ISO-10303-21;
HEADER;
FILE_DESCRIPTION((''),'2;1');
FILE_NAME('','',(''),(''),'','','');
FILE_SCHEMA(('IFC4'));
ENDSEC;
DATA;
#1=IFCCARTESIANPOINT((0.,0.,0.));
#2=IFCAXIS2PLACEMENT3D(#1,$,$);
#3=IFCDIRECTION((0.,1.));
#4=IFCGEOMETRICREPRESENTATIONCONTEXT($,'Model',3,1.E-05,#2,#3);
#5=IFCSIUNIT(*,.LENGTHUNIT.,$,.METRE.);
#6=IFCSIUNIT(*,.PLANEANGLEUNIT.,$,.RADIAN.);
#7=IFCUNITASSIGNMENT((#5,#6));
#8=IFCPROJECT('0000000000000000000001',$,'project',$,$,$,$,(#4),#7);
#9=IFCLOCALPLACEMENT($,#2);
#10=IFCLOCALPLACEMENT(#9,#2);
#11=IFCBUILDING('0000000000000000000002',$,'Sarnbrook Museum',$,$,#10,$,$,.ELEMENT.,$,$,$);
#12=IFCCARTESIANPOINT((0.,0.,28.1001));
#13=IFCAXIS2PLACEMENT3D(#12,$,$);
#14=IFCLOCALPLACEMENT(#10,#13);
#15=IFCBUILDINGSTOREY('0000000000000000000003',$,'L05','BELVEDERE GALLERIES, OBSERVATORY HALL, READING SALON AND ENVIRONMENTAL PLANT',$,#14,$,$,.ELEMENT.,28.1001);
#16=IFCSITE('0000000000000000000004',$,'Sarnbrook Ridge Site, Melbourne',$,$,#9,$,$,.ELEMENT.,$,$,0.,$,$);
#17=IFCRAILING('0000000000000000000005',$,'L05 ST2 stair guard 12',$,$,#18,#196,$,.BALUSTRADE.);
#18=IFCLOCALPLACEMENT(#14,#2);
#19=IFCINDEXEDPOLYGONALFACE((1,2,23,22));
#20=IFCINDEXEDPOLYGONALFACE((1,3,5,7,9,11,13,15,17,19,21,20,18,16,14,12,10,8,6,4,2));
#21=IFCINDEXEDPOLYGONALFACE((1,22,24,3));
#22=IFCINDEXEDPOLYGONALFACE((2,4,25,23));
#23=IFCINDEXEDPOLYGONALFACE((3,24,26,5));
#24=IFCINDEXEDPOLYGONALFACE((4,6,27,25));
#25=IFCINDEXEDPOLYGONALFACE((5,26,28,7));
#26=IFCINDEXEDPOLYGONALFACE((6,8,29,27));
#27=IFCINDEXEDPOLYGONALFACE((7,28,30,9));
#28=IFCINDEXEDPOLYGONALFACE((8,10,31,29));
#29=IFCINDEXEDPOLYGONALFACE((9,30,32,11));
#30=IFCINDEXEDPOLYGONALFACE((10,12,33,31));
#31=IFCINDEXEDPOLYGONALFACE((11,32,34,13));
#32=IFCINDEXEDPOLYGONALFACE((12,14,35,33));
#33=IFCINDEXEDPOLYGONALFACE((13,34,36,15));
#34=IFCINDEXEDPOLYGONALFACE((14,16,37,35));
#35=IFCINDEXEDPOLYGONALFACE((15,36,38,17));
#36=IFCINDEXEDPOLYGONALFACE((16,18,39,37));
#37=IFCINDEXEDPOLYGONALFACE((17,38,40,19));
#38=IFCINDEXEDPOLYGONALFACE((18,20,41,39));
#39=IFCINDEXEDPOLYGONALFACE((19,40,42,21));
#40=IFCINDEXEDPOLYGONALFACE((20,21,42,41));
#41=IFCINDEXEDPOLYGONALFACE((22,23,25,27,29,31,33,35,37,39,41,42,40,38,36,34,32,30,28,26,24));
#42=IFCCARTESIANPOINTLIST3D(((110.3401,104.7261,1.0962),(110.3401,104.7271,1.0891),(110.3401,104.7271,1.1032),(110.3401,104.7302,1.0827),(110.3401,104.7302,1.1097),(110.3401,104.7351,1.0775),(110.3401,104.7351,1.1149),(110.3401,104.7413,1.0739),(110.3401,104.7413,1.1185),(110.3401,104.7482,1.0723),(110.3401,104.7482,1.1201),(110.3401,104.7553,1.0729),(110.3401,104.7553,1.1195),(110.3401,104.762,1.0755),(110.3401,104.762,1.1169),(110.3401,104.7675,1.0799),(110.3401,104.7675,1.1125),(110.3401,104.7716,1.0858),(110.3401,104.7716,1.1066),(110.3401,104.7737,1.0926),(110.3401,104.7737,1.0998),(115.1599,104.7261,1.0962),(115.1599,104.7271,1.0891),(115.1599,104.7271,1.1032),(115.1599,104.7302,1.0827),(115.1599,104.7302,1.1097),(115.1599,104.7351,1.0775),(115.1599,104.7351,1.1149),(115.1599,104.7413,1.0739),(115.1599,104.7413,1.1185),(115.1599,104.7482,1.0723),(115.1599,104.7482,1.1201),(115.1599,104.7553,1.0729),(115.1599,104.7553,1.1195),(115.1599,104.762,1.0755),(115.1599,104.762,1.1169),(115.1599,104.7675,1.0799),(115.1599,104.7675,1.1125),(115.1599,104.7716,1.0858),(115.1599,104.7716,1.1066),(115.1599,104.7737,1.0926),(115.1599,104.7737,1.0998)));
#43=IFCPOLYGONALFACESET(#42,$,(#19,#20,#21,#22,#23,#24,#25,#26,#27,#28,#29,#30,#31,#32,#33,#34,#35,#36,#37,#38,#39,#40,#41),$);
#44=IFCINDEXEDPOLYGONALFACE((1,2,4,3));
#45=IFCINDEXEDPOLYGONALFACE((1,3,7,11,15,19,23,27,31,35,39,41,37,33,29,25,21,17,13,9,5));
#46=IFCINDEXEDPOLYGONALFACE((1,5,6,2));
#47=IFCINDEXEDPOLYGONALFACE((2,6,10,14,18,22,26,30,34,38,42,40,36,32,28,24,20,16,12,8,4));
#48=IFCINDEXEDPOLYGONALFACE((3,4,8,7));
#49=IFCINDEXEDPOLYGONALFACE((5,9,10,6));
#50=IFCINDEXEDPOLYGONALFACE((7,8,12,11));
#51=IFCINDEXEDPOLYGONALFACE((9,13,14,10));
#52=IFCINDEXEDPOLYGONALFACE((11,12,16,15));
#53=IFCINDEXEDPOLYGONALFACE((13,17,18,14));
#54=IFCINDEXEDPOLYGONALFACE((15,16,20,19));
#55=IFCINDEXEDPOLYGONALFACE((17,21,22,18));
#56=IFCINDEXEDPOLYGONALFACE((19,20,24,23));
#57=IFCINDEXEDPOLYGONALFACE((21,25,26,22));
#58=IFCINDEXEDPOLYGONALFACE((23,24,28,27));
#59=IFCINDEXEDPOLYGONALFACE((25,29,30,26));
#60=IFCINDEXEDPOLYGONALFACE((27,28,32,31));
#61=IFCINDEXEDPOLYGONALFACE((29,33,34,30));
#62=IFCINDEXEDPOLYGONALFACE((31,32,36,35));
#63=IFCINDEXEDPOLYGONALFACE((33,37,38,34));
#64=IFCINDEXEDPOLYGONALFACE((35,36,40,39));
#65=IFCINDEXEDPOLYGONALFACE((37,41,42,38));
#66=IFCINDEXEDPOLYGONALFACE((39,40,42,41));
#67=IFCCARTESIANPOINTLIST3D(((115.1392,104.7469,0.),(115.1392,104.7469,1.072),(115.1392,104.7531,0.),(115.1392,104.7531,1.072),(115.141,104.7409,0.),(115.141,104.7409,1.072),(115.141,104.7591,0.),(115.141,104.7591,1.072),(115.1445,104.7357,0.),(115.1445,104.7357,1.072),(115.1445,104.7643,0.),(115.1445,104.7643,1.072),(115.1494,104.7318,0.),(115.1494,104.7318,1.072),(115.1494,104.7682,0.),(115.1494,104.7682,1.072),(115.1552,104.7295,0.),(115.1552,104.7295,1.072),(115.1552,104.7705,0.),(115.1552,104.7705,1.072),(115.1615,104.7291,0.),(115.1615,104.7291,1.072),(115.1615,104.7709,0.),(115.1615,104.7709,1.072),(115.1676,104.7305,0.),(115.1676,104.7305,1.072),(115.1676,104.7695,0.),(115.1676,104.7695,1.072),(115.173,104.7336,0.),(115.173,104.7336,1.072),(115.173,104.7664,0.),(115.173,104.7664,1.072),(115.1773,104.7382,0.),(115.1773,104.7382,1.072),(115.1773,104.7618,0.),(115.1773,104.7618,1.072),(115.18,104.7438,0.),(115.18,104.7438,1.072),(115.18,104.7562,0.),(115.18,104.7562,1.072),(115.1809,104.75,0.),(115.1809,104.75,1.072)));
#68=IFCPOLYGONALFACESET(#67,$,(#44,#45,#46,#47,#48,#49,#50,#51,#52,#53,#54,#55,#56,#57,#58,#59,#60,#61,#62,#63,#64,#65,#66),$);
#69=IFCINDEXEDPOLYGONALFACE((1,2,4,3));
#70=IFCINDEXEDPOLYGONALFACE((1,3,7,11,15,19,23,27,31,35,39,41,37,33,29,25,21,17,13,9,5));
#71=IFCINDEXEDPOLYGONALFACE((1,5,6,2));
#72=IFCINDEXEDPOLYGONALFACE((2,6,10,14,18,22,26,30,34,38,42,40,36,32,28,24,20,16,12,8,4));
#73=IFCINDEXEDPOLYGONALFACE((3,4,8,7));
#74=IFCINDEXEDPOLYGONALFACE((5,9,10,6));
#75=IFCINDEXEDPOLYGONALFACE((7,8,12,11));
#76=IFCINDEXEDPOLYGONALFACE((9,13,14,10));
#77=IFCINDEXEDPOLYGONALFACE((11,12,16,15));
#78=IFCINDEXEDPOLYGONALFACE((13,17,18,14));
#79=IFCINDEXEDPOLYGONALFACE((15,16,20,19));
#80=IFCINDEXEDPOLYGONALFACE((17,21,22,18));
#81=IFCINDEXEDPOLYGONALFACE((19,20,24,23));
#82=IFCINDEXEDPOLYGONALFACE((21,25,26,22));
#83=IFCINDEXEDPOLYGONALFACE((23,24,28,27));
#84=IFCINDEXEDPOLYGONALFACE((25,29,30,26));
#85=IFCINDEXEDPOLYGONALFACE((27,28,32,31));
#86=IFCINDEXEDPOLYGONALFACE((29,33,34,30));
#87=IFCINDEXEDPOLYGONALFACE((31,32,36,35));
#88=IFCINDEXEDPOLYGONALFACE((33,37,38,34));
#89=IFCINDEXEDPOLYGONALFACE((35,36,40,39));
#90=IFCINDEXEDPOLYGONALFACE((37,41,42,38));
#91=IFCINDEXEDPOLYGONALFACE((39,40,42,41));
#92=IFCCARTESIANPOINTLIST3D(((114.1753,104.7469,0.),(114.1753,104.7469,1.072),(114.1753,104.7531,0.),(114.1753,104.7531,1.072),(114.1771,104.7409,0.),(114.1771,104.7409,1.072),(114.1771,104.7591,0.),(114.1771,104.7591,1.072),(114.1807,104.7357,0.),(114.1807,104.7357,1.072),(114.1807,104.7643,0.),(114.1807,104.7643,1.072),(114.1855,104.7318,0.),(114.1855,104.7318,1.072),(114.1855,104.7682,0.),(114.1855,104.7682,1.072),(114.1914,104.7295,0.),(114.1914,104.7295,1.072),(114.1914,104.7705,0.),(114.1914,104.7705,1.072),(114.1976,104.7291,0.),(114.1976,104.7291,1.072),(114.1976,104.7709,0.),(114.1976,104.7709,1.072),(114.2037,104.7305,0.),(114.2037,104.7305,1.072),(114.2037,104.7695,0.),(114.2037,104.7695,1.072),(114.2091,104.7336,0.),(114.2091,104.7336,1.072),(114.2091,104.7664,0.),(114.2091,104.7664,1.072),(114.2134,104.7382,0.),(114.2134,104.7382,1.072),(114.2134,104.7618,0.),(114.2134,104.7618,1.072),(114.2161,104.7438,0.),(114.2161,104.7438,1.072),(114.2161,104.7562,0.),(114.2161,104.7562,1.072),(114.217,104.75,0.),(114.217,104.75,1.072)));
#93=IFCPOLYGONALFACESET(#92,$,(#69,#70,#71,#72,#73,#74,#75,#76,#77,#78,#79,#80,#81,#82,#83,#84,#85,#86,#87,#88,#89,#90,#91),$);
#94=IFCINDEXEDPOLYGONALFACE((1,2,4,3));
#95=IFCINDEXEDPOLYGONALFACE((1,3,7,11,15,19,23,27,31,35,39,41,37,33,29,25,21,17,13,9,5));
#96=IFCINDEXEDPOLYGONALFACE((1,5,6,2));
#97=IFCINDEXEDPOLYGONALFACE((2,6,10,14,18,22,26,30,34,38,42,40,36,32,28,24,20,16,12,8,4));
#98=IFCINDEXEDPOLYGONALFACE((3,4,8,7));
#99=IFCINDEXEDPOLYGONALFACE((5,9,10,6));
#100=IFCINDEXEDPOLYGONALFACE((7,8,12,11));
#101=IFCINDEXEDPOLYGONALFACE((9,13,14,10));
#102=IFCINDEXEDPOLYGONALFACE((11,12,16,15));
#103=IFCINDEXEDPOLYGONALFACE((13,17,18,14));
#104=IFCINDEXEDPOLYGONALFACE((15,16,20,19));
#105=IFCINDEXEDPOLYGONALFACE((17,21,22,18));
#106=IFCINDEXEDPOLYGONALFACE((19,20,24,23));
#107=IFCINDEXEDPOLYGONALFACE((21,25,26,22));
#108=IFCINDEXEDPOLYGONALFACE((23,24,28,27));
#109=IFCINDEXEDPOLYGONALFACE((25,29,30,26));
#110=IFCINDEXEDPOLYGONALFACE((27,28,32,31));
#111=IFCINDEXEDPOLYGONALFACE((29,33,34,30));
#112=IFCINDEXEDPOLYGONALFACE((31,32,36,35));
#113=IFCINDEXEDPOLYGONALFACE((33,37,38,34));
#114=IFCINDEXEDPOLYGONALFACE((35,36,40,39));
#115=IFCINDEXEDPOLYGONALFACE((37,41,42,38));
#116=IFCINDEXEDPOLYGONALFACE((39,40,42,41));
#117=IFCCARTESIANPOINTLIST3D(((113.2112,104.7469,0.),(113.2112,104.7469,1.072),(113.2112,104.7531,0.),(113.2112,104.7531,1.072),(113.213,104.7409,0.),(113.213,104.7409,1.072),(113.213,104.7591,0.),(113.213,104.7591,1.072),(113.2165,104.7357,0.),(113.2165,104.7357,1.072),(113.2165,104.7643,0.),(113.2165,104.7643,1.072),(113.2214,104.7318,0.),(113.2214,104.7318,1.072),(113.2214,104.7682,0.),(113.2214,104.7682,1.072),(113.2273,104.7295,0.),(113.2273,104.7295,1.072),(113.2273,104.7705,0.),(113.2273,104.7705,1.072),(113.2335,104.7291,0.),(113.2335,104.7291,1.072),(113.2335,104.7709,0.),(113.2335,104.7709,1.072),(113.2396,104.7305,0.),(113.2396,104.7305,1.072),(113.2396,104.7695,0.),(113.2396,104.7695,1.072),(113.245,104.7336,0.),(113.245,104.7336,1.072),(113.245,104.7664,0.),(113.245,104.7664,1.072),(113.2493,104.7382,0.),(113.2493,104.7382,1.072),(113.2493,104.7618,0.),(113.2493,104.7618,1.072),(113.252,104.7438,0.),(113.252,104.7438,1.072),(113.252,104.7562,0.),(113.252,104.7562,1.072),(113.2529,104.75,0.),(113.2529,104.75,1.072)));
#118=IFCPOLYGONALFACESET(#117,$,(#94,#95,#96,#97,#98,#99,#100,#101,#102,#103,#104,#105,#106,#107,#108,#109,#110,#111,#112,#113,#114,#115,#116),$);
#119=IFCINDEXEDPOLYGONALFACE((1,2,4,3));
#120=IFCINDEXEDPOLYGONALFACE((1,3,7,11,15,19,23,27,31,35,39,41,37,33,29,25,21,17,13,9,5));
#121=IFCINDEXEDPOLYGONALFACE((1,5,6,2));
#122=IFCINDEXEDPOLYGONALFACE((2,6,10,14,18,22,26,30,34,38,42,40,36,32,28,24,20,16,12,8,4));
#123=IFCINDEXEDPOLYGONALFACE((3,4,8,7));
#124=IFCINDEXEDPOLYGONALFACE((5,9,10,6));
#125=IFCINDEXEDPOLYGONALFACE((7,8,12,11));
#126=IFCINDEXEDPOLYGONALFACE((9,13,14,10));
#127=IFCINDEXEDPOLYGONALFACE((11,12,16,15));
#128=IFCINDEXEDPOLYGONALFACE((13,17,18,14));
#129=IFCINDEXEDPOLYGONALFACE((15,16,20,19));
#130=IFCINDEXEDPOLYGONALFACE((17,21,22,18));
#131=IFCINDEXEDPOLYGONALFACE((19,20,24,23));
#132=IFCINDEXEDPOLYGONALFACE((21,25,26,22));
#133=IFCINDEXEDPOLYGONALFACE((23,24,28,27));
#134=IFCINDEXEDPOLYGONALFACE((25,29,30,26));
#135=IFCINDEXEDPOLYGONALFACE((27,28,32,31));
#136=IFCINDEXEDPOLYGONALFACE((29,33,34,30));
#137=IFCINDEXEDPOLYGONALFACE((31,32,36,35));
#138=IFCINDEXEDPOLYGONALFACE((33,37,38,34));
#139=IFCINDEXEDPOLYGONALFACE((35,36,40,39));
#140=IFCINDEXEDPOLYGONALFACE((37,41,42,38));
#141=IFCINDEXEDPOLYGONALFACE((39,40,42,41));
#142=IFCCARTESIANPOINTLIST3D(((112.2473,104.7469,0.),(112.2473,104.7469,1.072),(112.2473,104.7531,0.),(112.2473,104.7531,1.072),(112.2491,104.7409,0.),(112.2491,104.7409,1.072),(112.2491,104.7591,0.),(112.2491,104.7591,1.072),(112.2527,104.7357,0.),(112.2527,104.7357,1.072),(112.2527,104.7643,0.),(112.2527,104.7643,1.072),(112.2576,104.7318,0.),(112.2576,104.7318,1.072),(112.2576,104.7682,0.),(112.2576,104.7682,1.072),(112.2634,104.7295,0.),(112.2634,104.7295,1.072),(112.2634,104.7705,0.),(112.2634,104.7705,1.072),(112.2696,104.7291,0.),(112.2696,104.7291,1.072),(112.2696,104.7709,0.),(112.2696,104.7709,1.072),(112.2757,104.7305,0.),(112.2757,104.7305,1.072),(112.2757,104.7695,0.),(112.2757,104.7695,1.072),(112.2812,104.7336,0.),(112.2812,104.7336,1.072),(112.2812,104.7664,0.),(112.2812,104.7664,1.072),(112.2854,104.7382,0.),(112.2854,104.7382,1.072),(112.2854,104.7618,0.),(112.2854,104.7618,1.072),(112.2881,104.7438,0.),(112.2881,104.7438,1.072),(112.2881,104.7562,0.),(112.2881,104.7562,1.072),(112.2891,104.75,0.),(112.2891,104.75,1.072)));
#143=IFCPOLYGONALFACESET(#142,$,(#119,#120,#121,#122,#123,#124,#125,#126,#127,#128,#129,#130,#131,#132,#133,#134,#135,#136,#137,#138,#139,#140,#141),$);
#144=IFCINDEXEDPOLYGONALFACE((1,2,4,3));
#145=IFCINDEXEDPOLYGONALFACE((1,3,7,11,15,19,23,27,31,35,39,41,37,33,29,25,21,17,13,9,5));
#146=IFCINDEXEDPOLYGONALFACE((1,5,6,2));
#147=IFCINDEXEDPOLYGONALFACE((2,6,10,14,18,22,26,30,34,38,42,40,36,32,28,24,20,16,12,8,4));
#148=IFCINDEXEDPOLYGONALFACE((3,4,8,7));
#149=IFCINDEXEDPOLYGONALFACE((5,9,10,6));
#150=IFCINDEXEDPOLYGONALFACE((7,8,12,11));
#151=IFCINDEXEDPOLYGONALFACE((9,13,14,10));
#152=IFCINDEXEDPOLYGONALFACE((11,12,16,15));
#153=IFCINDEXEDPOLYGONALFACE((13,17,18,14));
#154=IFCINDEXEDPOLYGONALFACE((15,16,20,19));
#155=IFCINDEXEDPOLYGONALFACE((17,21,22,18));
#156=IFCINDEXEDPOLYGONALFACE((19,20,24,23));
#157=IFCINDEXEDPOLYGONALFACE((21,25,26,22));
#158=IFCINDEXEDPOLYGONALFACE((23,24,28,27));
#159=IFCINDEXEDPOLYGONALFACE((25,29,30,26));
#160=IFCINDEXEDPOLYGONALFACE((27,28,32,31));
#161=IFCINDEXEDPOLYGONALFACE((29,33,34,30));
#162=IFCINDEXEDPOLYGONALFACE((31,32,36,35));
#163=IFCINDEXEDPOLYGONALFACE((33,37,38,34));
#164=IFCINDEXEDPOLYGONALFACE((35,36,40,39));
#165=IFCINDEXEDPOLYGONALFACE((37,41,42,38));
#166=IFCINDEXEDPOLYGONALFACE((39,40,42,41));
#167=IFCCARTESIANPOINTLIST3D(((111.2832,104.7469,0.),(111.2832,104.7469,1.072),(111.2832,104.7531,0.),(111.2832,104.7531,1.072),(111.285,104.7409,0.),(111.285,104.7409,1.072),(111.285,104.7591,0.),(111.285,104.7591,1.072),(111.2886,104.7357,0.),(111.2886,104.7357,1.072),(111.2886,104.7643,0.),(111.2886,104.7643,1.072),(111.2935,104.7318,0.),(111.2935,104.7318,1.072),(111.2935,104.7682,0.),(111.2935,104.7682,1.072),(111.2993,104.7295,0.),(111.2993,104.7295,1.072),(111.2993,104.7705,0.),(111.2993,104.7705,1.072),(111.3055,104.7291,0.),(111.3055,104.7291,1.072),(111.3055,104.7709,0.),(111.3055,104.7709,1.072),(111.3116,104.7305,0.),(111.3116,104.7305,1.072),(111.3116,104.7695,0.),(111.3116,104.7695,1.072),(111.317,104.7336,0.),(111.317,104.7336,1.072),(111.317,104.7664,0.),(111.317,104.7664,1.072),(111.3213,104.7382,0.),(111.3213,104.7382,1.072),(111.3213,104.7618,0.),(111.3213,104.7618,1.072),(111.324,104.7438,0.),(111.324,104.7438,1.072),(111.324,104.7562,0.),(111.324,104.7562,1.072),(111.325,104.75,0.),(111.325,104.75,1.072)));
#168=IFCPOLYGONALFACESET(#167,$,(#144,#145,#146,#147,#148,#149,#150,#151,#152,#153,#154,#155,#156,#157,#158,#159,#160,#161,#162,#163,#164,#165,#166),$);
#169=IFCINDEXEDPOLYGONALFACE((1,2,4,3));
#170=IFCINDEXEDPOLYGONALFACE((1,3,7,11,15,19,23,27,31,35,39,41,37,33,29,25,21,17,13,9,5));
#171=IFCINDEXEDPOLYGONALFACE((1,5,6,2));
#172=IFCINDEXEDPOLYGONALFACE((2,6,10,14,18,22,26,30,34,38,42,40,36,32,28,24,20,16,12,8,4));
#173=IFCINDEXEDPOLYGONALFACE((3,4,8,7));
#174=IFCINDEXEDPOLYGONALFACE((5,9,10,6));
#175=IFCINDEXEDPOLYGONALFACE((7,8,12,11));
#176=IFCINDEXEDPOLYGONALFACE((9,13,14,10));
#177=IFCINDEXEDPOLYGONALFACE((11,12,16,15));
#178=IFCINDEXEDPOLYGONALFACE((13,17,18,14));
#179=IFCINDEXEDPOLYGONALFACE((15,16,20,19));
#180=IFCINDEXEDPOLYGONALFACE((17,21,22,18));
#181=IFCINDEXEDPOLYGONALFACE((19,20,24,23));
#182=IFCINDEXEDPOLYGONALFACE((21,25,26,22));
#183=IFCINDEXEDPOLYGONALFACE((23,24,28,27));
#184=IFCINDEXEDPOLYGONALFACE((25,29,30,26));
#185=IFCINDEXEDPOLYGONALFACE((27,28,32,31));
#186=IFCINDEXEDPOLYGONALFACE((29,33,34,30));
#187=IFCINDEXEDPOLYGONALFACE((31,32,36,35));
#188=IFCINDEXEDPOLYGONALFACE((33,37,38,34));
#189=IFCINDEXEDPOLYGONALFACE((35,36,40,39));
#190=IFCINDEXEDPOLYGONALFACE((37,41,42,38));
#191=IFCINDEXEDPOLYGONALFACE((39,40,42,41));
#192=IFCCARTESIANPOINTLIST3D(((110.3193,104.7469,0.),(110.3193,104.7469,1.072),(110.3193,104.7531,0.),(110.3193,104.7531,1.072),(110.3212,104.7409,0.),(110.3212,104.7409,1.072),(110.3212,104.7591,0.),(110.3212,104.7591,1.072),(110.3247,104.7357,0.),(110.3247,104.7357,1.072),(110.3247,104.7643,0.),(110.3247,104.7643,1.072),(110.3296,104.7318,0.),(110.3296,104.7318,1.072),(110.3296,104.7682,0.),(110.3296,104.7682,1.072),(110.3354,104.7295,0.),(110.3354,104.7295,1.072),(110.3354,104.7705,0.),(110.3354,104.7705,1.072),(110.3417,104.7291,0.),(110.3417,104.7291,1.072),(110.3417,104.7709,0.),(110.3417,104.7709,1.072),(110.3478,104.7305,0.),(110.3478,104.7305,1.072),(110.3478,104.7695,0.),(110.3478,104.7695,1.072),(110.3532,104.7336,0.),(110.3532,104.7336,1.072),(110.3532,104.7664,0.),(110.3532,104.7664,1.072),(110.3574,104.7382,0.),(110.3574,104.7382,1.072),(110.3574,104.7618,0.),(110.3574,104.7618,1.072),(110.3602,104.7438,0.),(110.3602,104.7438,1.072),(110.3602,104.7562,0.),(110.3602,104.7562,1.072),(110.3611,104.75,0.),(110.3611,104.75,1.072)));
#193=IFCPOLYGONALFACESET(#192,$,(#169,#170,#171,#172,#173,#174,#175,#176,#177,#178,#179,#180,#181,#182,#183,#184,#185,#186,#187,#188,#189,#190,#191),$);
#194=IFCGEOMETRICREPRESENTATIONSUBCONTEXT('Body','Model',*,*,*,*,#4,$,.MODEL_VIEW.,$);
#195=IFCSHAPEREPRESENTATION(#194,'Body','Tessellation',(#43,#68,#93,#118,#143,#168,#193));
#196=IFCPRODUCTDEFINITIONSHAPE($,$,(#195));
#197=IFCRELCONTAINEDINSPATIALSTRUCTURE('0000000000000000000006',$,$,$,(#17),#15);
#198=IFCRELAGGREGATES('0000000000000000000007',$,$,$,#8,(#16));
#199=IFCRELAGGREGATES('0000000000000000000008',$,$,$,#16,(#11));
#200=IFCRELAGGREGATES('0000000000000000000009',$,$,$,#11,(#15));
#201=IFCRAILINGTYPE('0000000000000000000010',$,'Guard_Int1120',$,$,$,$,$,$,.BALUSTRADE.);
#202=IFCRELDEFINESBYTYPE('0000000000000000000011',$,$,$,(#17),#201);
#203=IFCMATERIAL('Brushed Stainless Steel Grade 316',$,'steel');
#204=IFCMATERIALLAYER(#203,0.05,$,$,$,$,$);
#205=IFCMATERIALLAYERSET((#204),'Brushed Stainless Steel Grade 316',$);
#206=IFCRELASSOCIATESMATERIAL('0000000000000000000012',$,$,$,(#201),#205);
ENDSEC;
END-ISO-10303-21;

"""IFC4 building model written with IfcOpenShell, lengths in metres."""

from ifc_helpers import new_model, si_unit, direction, frame, origin, origin_2d, place, context, subcontext, project, spatial, circle, extrude, material, layer, layer_set, type_object, element, save


model = new_model("IFC4")

# Units and contexts
model_context = context("Model", 3, precision=1e-05, world=origin(), true_north=direction((0.0, 1.0)))
body_context = subcontext(model_context, "Body", "Model", "MODEL_VIEW")
ifc_project = project(units=[si_unit("LENGTHUNIT", "METRE"), si_unit("PLANEANGLEUNIT", "RADIAN")], contexts=[model_context])

# Site, building, storey
site_placement = place(None, origin())
site = spatial("IfcSite", under=ifc_project, at=site_placement, Name="Sarnbrook Ridge Site, Melbourne", CompositionType="ELEMENT", RefElevation=0.0)
building_placement = place(site_placement, origin())
building = spatial("IfcBuilding", under=site, at=building_placement, Name="Sarnbrook Museum", CompositionType="ELEMENT")
storey_placement = place(building_placement, frame((0.0, 0.0, 28.1001)))
storey = spatial("IfcBuildingStorey", under=building, at=storey_placement, Name="L05", Description="BELVEDERE GALLERIES, OBSERVATORY HALL, READING SALON AND ENVIRONMENTAL PLANT", CompositionType="ELEMENT", Elevation=28.1001)

# Railing
ifc_material_1 = material(Name="Brushed Stainless Steel Grade 316", Category="steel")
ifc_layer_1 = layer(ifc_material_1, 0.05)
ifc_layer_set_1 = layer_set([ifc_layer_1], Name="Brushed Stainless Steel Grade 316")
railing_type = type_object("IfcRailingType", Name="Guard_Int1120", PredefinedType="BALUSTRADE", material=ifc_layer_set_1)
railing_1_placement = place(storey_placement, frame((115.1599, 104.75, 0.0)))
element("IfcRailing", 1, at=railing_1_placement, inside=storey, type_object=railing_type, Name="L05 ST2 stair guard 12", PredefinedType="BALUSTRADE", context=body_context, shape_type="SweptSolid", body=[
    extrude(circle(Radius=0.0239, at=origin_2d()), frame((0.0, 0.0, 1.0962), z_axis=(-1.0, 0.0, 0.0), x_axis=(0.0, -1.0, 0.0)), (0.0, 0.0, 1.0), 4.8198),
    extrude(circle(Radius=0.021, at=origin_2d()), origin(), (0.0, 0.0, 1.0), 1.072),
    extrude(circle(Radius=0.021, at=origin_2d()), frame((-0.9639, 0.0, 0.0)), (0.0, 0.0, 1.0), 1.072),
    extrude(circle(Radius=0.021, at=origin_2d()), frame((-1.928, 0.0, 0.0)), (0.0, 0.0, 1.0), 1.072),
    extrude(circle(Radius=0.021, at=origin_2d()), frame((-2.8918, 0.0, 0.0)), (0.0, 0.0, 1.0), 1.072),
    extrude(circle(Radius=0.021, at=origin_2d()), frame((-3.856, 0.0, 0.0)), (0.0, 0.0, 1.0), 1.072),
    extrude(circle(Radius=0.021, at=origin_2d()), frame((-4.8198, 0.0, 0.0)), (0.0, 0.0, 1.0), 1.072),
])

save(model, "model.ifc")
